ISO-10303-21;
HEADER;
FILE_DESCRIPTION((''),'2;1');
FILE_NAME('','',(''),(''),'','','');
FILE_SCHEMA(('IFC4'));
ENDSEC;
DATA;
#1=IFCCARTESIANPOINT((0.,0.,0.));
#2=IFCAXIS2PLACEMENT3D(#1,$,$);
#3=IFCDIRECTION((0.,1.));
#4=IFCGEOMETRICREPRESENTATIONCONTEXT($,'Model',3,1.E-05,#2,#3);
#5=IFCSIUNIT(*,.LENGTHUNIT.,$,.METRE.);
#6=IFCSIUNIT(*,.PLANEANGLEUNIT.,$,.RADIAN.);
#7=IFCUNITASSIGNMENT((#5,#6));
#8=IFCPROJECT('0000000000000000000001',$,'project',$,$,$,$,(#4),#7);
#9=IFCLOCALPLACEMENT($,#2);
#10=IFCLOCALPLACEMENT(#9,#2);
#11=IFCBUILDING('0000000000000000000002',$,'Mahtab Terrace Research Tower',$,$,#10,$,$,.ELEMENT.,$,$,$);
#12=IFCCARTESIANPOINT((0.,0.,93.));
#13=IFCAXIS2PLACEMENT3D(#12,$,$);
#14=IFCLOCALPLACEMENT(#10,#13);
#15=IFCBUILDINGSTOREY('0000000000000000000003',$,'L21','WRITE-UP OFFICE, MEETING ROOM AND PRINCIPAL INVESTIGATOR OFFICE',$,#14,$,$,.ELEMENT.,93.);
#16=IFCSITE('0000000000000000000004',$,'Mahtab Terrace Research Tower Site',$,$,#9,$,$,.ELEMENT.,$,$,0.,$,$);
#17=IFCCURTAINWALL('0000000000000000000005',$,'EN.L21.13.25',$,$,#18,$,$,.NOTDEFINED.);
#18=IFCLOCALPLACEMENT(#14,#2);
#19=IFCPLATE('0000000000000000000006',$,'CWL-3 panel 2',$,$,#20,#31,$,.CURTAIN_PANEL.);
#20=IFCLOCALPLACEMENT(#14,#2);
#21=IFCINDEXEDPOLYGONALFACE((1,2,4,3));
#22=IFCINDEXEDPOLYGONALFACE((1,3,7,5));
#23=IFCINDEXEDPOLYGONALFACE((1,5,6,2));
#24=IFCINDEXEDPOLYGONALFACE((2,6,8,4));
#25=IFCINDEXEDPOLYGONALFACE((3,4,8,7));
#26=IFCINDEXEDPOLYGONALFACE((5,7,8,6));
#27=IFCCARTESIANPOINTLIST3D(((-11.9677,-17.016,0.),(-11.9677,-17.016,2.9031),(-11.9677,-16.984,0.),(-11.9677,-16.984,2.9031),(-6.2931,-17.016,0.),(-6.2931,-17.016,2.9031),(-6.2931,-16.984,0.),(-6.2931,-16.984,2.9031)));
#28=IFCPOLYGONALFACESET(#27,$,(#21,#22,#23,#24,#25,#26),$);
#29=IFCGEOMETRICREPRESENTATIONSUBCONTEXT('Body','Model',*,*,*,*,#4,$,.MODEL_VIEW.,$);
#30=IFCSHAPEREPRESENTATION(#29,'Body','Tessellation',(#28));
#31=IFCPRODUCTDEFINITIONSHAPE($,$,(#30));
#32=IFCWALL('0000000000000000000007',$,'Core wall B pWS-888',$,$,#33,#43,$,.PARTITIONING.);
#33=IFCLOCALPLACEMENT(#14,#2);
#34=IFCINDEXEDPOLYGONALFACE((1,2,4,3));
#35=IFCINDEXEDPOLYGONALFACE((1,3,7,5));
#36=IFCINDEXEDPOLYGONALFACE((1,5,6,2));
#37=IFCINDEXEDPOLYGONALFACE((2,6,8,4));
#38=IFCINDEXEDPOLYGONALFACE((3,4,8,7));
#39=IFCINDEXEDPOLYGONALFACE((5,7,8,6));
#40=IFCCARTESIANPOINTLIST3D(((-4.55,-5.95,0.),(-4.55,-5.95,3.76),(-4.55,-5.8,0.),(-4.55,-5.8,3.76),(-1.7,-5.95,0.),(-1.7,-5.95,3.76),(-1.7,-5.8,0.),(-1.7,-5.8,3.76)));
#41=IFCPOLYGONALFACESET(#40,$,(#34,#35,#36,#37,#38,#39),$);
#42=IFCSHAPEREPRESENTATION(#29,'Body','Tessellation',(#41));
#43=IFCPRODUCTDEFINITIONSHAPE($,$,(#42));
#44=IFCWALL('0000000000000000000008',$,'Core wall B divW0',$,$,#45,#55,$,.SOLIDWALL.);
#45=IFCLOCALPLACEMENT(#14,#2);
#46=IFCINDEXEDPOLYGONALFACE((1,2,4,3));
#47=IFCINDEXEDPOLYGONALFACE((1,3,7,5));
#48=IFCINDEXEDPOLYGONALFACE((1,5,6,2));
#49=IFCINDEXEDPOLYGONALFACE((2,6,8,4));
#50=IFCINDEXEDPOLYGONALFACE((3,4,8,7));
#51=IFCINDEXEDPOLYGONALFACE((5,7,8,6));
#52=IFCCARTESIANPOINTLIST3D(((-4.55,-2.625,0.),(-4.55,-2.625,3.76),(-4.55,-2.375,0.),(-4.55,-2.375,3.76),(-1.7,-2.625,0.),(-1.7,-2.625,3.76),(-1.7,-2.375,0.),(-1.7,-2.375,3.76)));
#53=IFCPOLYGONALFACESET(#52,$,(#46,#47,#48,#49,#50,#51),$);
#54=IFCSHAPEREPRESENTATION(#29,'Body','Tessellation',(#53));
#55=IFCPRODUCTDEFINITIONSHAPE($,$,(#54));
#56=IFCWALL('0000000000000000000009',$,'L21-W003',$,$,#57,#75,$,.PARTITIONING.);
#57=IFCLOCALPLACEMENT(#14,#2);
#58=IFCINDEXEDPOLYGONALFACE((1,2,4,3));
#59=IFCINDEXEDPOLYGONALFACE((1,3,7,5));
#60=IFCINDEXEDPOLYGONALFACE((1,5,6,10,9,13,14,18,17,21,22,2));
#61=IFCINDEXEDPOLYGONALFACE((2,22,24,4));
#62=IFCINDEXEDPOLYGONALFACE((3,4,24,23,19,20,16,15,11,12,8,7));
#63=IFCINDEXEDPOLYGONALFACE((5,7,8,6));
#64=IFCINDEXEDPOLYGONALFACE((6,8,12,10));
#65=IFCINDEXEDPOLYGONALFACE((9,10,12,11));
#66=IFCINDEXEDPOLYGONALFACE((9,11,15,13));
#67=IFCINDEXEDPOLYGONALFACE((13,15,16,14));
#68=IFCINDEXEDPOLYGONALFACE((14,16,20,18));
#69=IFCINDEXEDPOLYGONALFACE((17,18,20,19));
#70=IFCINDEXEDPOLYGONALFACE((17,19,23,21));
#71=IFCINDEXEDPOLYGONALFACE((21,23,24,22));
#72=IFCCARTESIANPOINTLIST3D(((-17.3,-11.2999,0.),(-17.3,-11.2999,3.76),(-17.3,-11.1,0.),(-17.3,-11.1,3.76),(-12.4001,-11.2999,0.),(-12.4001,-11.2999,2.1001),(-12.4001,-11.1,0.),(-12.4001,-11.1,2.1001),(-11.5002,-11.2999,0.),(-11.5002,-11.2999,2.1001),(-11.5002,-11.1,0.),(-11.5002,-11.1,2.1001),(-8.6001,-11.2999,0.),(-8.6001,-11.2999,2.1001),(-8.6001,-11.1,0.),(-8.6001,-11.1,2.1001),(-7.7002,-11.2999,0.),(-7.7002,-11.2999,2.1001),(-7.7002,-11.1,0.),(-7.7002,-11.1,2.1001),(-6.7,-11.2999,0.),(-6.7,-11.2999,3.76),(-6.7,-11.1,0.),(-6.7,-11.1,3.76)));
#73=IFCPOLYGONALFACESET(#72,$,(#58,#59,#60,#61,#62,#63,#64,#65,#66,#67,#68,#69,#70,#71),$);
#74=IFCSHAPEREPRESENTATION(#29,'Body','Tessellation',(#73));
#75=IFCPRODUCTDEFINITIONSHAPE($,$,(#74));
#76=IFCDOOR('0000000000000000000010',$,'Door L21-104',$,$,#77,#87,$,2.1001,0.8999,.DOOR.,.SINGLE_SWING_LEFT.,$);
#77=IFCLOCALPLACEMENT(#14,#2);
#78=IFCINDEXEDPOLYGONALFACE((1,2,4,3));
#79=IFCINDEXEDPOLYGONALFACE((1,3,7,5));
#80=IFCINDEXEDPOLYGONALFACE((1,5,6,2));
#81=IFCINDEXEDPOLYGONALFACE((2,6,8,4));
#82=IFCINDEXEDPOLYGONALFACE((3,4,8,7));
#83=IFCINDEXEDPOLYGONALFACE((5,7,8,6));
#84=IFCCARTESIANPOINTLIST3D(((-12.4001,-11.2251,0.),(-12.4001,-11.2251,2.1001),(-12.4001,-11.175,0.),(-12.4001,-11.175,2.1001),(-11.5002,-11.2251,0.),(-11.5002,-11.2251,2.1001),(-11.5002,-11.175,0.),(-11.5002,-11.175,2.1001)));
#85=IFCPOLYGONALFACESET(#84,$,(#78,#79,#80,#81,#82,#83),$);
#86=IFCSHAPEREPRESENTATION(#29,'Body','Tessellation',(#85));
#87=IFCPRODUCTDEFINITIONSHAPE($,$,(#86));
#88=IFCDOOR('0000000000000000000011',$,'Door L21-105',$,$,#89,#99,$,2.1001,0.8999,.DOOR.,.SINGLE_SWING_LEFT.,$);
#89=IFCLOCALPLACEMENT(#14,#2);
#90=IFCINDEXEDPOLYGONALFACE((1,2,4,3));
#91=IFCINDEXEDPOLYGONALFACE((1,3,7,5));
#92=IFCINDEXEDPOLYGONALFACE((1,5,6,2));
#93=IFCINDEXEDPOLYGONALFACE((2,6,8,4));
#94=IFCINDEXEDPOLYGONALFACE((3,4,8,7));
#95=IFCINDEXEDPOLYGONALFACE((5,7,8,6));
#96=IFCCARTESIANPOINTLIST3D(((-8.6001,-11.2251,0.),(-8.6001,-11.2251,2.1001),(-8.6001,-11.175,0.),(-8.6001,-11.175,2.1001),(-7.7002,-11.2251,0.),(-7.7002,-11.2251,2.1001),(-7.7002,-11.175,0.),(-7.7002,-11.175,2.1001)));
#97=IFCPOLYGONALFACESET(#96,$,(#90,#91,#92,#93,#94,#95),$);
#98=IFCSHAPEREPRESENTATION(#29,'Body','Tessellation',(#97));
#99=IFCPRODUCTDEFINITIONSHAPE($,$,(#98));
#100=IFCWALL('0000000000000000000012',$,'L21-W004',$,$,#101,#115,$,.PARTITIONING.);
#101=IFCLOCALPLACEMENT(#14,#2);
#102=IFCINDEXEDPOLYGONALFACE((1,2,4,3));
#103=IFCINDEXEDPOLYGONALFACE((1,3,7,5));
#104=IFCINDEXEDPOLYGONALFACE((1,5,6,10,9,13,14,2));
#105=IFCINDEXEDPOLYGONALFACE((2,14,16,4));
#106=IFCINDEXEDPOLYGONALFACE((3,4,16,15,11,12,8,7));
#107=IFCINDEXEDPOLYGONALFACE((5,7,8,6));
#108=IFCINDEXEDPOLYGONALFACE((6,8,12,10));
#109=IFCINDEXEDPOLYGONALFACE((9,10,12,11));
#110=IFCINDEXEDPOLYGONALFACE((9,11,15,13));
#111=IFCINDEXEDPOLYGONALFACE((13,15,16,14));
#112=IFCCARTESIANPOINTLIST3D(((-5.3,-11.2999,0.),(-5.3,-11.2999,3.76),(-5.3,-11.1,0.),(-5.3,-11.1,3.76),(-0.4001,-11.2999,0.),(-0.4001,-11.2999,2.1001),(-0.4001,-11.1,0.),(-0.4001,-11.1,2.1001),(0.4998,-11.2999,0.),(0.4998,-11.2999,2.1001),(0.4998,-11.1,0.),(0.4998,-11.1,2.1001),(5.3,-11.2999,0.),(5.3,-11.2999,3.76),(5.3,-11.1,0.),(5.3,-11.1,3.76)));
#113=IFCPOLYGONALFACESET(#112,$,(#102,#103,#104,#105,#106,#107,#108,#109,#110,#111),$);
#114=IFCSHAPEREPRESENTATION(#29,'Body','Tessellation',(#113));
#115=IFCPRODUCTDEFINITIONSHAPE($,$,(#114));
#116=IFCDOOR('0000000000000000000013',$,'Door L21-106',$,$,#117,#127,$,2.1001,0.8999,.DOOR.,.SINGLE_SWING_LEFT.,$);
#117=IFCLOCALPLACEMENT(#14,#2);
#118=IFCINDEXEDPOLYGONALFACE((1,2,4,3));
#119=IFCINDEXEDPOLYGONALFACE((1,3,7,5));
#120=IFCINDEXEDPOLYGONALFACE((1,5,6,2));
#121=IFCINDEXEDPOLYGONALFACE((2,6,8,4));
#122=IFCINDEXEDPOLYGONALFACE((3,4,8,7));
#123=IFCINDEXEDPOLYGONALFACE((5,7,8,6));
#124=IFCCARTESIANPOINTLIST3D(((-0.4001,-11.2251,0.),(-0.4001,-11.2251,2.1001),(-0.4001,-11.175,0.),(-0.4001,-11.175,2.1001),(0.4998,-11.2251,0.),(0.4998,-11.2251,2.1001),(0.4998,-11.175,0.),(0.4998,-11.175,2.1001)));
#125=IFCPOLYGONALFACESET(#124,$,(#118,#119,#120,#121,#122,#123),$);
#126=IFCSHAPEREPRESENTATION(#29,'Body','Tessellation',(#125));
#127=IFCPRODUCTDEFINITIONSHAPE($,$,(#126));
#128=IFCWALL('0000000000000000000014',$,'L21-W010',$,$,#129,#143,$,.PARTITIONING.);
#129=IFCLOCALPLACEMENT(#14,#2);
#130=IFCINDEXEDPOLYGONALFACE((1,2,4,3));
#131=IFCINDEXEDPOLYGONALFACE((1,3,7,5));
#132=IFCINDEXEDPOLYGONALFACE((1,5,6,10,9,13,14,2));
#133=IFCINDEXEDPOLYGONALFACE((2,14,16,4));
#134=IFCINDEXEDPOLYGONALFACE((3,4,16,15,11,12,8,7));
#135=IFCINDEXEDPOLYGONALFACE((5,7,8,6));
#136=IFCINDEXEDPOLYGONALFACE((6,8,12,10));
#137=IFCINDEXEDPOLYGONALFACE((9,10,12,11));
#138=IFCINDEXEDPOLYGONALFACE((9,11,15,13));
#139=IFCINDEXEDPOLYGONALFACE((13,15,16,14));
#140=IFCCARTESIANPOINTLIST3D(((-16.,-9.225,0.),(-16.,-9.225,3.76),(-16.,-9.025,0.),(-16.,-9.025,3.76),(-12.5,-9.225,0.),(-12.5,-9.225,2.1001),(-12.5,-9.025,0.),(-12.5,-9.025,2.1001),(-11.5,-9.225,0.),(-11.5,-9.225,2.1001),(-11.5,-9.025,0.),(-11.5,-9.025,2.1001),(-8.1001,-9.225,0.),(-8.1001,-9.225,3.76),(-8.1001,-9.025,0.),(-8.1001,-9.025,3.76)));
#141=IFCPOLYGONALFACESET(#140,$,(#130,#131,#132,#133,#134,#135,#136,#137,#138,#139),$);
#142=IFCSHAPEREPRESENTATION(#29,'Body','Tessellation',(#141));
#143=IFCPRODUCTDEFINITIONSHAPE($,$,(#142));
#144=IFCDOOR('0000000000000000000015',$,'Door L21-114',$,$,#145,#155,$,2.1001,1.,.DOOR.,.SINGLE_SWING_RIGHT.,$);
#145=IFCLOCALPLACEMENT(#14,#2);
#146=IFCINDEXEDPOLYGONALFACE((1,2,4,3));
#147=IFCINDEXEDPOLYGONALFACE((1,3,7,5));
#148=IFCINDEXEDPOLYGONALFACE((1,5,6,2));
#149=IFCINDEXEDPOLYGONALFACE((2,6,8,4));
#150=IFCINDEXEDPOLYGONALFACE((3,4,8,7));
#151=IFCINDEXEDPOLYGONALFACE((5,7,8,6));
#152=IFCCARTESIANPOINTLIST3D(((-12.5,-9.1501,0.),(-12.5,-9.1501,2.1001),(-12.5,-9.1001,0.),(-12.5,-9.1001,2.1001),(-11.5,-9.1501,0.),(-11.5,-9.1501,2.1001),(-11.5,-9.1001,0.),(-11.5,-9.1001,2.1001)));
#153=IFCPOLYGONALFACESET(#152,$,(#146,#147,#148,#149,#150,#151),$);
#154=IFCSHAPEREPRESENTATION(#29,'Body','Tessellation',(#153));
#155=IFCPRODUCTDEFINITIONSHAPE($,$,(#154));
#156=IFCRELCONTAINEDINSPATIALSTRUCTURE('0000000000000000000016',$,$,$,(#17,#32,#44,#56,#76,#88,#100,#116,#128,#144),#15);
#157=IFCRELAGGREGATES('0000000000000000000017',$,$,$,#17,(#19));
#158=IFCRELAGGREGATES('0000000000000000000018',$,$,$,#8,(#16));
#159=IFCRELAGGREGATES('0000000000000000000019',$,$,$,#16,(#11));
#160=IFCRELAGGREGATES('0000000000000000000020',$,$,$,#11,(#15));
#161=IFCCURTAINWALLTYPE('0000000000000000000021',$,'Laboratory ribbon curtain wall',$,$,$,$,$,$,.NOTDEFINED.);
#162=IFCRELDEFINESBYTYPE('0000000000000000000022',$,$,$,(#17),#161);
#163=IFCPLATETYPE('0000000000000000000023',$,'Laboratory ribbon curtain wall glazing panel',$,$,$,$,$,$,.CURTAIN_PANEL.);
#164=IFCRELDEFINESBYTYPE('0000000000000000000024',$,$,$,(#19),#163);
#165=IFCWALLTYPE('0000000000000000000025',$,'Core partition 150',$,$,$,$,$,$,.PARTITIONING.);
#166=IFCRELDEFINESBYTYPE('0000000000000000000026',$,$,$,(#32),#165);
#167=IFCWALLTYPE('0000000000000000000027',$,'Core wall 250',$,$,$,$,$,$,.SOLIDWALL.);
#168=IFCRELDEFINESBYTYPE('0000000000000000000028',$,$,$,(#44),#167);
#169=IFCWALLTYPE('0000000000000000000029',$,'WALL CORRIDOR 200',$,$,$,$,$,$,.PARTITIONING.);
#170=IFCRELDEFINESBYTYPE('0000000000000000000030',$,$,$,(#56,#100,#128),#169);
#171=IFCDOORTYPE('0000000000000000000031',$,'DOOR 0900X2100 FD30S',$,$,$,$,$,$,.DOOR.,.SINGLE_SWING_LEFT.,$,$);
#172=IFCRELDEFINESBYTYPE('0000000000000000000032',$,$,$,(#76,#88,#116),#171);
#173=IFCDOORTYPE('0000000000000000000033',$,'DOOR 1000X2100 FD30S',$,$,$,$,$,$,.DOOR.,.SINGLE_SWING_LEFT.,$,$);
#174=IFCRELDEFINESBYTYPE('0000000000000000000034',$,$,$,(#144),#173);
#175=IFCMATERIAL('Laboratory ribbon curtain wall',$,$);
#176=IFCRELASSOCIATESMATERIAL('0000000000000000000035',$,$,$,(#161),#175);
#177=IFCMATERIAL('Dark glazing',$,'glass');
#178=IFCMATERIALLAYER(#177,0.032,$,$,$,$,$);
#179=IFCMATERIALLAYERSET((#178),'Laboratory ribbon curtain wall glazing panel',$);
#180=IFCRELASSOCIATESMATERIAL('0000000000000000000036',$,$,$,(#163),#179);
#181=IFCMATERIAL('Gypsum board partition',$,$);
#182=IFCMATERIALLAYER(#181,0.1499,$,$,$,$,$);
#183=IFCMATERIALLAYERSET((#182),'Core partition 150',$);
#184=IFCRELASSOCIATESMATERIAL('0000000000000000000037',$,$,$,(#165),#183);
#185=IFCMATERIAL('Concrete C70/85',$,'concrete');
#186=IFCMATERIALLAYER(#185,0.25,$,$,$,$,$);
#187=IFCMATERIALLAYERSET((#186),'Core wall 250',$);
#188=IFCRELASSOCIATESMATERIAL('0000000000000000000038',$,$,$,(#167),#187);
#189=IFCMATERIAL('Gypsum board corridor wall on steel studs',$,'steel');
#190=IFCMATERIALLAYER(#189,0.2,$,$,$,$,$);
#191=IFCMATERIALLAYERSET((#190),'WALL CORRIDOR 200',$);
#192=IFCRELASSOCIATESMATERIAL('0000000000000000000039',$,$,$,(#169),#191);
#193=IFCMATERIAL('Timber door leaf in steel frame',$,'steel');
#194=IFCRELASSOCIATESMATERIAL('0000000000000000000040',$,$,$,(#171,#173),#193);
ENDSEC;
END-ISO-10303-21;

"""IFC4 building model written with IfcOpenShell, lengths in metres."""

from ifc_helpers import new_model, si_unit, direction, frame, frame_2d, origin, origin_2d, place, context, subcontext, project, spatial, rectangle, extrude, material, layer, layer_set, type_object, element, fill, aggregate, save


model = new_model("IFC4")

# Units and contexts
model_context = context("Model", 3, precision=1e-05, world=origin(), true_north=direction((0.0, 1.0)))
body_context = subcontext(model_context, "Body", "Model", "MODEL_VIEW")
ifc_project = project(units=[si_unit("LENGTHUNIT", "METRE"), si_unit("PLANEANGLEUNIT", "RADIAN")], contexts=[model_context])

# Site, building, storey
site_placement = place(None, origin())
site = spatial("IfcSite", under=ifc_project, at=site_placement, Name="Mahtab Terrace Research Tower Site", CompositionType="ELEMENT", RefElevation=0.0)
building_placement = place(site_placement, origin())
building = spatial("IfcBuilding", under=site, at=building_placement, Name="Mahtab Terrace Research Tower", CompositionType="ELEMENT")
storey_placement = place(building_placement, frame((0.0, 0.0, 93.0)))
storey = spatial("IfcBuildingStorey", under=building, at=storey_placement, Name="L21", Description="WRITE-UP OFFICE, MEETING ROOM AND PRINCIPAL INVESTIGATOR OFFICE", CompositionType="ELEMENT", Elevation=93.0)

# Shared definitions
ifc_material_1 = material(Name="Concrete C70/85", Category="concrete")

# Curtain wall
ifc_material_2 = material(Name="Laboratory ribbon curtain wall")
curtain_wall_type = type_object("IfcCurtainWallType", Name="Laboratory ribbon curtain wall", PredefinedType="NOTDEFINED", material=ifc_material_2)
curtain_wall_1_placement = place(storey_placement, origin())
curtain_wall_1 = element("IfcCurtainWall", 1, at=curtain_wall_1_placement, inside=storey, type_object=curtain_wall_type, Name="EN.L21.13.25", PredefinedType="NOTDEFINED")

# Plate
ifc_material_3 = material(Name="Dark glazing", Category="glass")
ifc_layer_1 = layer(ifc_material_3, 0.032)
ifc_layer_set_1 = layer_set([ifc_layer_1], Name="Laboratory ribbon curtain wall glazing panel")
plate_type = type_object("IfcPlateType", Name="Laboratory ribbon curtain wall glazing panel", PredefinedType="CURTAIN_PANEL", material=ifc_layer_set_1)
plate_1_placement = place(storey_placement, frame((-9.1304, -17.0, 0.0), z_axis=(0.0, 0.0, 1.0), x_axis=(1.0, 0.0, 0.0)))
plate_1 = element("IfcPlate", 2, at=plate_1_placement, type_object=plate_type, Name="CWL-3 panel 2", PredefinedType="CURTAIN_PANEL", context=body_context, shape_type="SweptSolid", body=[
    extrude(rectangle(XDim=5.6746, YDim=0.032, at=origin_2d()), origin(), (0.0, 0.0, 1.0), 2.9031),
])
aggregate(curtain_wall_1, [plate_1])

# Walls
ifc_material_4 = material(Name="Gypsum board partition")
ifc_layer_2 = layer(ifc_material_4, 0.1499)
ifc_layer_set_2 = layer_set([ifc_layer_2], Name="Core partition 150")
wall_type_1 = type_object("IfcWallType", Name="Core partition 150", PredefinedType="PARTITIONING", material=ifc_layer_set_2)
wall_1_placement = place(storey_placement, frame((-4.55, -5.875, 0.0), z_axis=(0.0, 0.0, 1.0), x_axis=(1.0, 0.0, 0.0)))
element("IfcWall", 3, at=wall_1_placement, inside=storey, type_object=wall_type_1, Name="Core wall B pWS-888", PredefinedType="PARTITIONING", context=body_context, shape_type="SweptSolid", body=[
    extrude(rectangle(XDim=2.8501, YDim=0.1499, at=frame_2d((1.425, 0.0))), origin(), (0.0, 0.0, 1.0), 3.76),
])
ifc_layer_3 = layer(ifc_material_1, 0.25)
ifc_layer_set_3 = layer_set([ifc_layer_3], Name="Core wall 250")
wall_type_2 = type_object("IfcWallType", Name="Core wall 250", PredefinedType="SOLIDWALL", material=ifc_layer_set_3)
wall_2_placement = place(storey_placement, frame((-4.55, -2.5, 0.0), z_axis=(0.0, 0.0, 1.0), x_axis=(1.0, 0.0, 0.0)))
element("IfcWall", 4, at=wall_2_placement, inside=storey, type_object=wall_type_2, Name="Core wall B divW0", PredefinedType="SOLIDWALL", context=body_context, shape_type="SweptSolid", body=[
    extrude(rectangle(XDim=2.8501, YDim=0.25, at=frame_2d((1.425, 0.0))), origin(), (0.0, 0.0, 1.0), 3.76),
])

# Wall, openings, doors
ifc_material_5 = material(Name="Gypsum board corridor wall on steel studs", Category="steel")
ifc_layer_4 = layer(ifc_material_5, 0.2)
ifc_layer_set_4 = layer_set([ifc_layer_4], Name="WALL CORRIDOR 200")
wall_type_3 = type_object("IfcWallType", Name="WALL CORRIDOR 200", PredefinedType="PARTITIONING", material=ifc_layer_set_4)
wall_3_placement = place(storey_placement, frame((-17.3, -11.2, 0.0), z_axis=(0.0, 0.0, 1.0), x_axis=(1.0, 0.0, 0.0)))
wall_3 = element("IfcWall", 5, at=wall_3_placement, inside=storey, type_object=wall_type_3, Name="L21-W003", PredefinedType="PARTITIONING", context=body_context, shape_type="SweptSolid", body=[
    extrude(rectangle(XDim=10.6001, YDim=0.2, at=frame_2d((5.3, 0.0))), origin(), (0.0, 0.0, 1.0), 3.76),
])
opening_1_placement = place(wall_3_placement, frame((4.8999, 0.0, 0.0)))
opening_1 = element("IfcOpeningElement", 6, at=opening_1_placement, cuts=wall_3, PredefinedType="OPENING", context=body_context, shape_type="SweptSolid", body=[
    extrude(rectangle(XDim=0.8999, YDim=2.1001, at=frame_2d((0.45, 1.05))), frame((0.0, 0.1099, 0.0), z_axis=(0.0, -1.0, 0.0), x_axis=(1.0, 0.0, 0.0)), (0.0, 0.0, 1.0), 0.22),
])
opening_2_placement = place(wall_3_placement, frame((8.7, 0.0, 0.0)))
opening_2 = element("IfcOpeningElement", 7, at=opening_2_placement, cuts=wall_3, PredefinedType="OPENING", context=body_context, shape_type="SweptSolid", body=[
    extrude(rectangle(XDim=0.8999, YDim=2.1001, at=frame_2d((0.45, 1.05))), frame((0.0, 0.1099, 0.0), z_axis=(0.0, -1.0, 0.0), x_axis=(1.0, 0.0, 0.0)), (0.0, 0.0, 1.0), 0.22),
])
ifc_material_6 = material(Name="Timber door leaf in steel frame", Category="steel")
door_type_1 = type_object("IfcDoorType", Name="DOOR 0900X2100 FD30S", OperationType="SINGLE_SWING_LEFT", PredefinedType="DOOR", material=ifc_material_6)
door_1_placement = place(opening_1_placement, origin())
door_1 = element("IfcDoor", 8, at=door_1_placement, inside=storey, type_object=door_type_1, Name="Door L21-104", OperationType="SINGLE_SWING_LEFT", OverallHeight=2.1001, OverallWidth=0.8999, PredefinedType="DOOR", context=body_context, shape_type="SweptSolid", body=[
    extrude(rectangle(XDim=0.8999, YDim=2.1001, at=frame_2d((0.45, 1.05))), frame((0.0, 0.0249, 0.0), z_axis=(0.0, -1.0, 0.0), x_axis=(1.0, 0.0, 0.0)), (0.0, 0.0, 1.0), 0.05),
])
fill(opening_1, door_1)
door_2_placement = place(opening_2_placement, origin())
door_2 = element("IfcDoor", 9, at=door_2_placement, inside=storey, type_object=door_type_1, Name="Door L21-105", OperationType="SINGLE_SWING_LEFT", OverallHeight=2.1001, OverallWidth=0.8999, PredefinedType="DOOR", context=body_context, shape_type="SweptSolid", body=[
    extrude(rectangle(XDim=0.8999, YDim=2.1001, at=frame_2d((0.45, 1.05))), frame((0.0, 0.0249, 0.0), z_axis=(0.0, -1.0, 0.0), x_axis=(1.0, 0.0, 0.0)), (0.0, 0.0, 1.0), 0.05),
])
fill(opening_2, door_2)

# Walls, openings, doors
wall_4_placement = place(storey_placement, frame((-5.3, -11.2, 0.0), z_axis=(0.0, 0.0, 1.0), x_axis=(1.0, 0.0, 0.0)))
wall_4 = element("IfcWall", 10, at=wall_4_placement, inside=storey, type_object=wall_type_3, Name="L21-W004", PredefinedType="PARTITIONING", context=body_context, shape_type="SweptSolid", body=[
    extrude(rectangle(XDim=10.6001, YDim=0.2, at=frame_2d((5.3, 0.0))), origin(), (0.0, 0.0, 1.0), 3.76),
])
opening_3_placement = place(wall_4_placement, frame((4.8999, 0.0, 0.0)))
opening_3 = element("IfcOpeningElement", 11, at=opening_3_placement, cuts=wall_4, PredefinedType="OPENING", context=body_context, shape_type="SweptSolid", body=[
    extrude(rectangle(XDim=0.8999, YDim=2.1001, at=frame_2d((0.45, 1.05))), frame((0.0, 0.1099, 0.0), z_axis=(0.0, -1.0, 0.0), x_axis=(1.0, 0.0, 0.0)), (0.0, 0.0, 1.0), 0.22),
])
door_3_placement = place(opening_3_placement, origin())
door_3 = element("IfcDoor", 12, at=door_3_placement, inside=storey, type_object=door_type_1, Name="Door L21-106", OperationType="SINGLE_SWING_LEFT", OverallHeight=2.1001, OverallWidth=0.8999, PredefinedType="DOOR", context=body_context, shape_type="SweptSolid", body=[
    extrude(rectangle(XDim=0.8999, YDim=2.1001, at=frame_2d((0.45, 1.05))), frame((0.0, 0.0249, 0.0), z_axis=(0.0, -1.0, 0.0), x_axis=(1.0, 0.0, 0.0)), (0.0, 0.0, 1.0), 0.05),
])
fill(opening_3, door_3)
wall_5_placement = place(storey_placement, frame((-16.0, -9.125, 0.0), z_axis=(0.0, 0.0, 1.0), x_axis=(1.0, 0.0, 0.0)))
wall_5 = element("IfcWall", 13, at=wall_5_placement, inside=storey, type_object=wall_type_3, Name="L21-W010", PredefinedType="PARTITIONING", context=body_context, shape_type="SweptSolid", body=[
    extrude(rectangle(XDim=7.8999, YDim=0.2, at=frame_2d((3.95, 0.0))), origin(), (0.0, 0.0, 1.0), 3.76),
])
opening_4_placement = place(wall_5_placement, frame((3.5, 0.0, 0.0)))
opening_4 = element("IfcOpeningElement", 14, at=opening_4_placement, cuts=wall_5, PredefinedType="OPENING", context=body_context, shape_type="SweptSolid", body=[
    extrude(rectangle(XDim=1.0, YDim=2.1001, at=frame_2d((0.5, 1.05))), frame((0.0, 0.1099, 0.0), z_axis=(0.0, -1.0, 0.0), x_axis=(1.0, 0.0, 0.0)), (0.0, 0.0, 1.0), 0.22),
])
door_type_2 = type_object("IfcDoorType", Name="DOOR 1000X2100 FD30S", OperationType="SINGLE_SWING_LEFT", PredefinedType="DOOR", material=ifc_material_6)
door_4_placement = place(opening_4_placement, origin())
door_4 = element("IfcDoor", 15, at=door_4_placement, inside=storey, type_object=door_type_2, Name="Door L21-114", OperationType="SINGLE_SWING_RIGHT", OverallHeight=2.1001, OverallWidth=1.0, PredefinedType="DOOR", context=body_context, shape_type="SweptSolid", body=[
    extrude(rectangle(XDim=1.0, YDim=2.1001, at=frame_2d((0.5, 1.05))), frame((0.0, 0.0249, 0.0), z_axis=(0.0, -1.0, 0.0), x_axis=(1.0, 0.0, 0.0)), (0.0, 0.0, 1.0), 0.05),
])
fill(opening_4, door_4)

save(model, "model.ifc")
